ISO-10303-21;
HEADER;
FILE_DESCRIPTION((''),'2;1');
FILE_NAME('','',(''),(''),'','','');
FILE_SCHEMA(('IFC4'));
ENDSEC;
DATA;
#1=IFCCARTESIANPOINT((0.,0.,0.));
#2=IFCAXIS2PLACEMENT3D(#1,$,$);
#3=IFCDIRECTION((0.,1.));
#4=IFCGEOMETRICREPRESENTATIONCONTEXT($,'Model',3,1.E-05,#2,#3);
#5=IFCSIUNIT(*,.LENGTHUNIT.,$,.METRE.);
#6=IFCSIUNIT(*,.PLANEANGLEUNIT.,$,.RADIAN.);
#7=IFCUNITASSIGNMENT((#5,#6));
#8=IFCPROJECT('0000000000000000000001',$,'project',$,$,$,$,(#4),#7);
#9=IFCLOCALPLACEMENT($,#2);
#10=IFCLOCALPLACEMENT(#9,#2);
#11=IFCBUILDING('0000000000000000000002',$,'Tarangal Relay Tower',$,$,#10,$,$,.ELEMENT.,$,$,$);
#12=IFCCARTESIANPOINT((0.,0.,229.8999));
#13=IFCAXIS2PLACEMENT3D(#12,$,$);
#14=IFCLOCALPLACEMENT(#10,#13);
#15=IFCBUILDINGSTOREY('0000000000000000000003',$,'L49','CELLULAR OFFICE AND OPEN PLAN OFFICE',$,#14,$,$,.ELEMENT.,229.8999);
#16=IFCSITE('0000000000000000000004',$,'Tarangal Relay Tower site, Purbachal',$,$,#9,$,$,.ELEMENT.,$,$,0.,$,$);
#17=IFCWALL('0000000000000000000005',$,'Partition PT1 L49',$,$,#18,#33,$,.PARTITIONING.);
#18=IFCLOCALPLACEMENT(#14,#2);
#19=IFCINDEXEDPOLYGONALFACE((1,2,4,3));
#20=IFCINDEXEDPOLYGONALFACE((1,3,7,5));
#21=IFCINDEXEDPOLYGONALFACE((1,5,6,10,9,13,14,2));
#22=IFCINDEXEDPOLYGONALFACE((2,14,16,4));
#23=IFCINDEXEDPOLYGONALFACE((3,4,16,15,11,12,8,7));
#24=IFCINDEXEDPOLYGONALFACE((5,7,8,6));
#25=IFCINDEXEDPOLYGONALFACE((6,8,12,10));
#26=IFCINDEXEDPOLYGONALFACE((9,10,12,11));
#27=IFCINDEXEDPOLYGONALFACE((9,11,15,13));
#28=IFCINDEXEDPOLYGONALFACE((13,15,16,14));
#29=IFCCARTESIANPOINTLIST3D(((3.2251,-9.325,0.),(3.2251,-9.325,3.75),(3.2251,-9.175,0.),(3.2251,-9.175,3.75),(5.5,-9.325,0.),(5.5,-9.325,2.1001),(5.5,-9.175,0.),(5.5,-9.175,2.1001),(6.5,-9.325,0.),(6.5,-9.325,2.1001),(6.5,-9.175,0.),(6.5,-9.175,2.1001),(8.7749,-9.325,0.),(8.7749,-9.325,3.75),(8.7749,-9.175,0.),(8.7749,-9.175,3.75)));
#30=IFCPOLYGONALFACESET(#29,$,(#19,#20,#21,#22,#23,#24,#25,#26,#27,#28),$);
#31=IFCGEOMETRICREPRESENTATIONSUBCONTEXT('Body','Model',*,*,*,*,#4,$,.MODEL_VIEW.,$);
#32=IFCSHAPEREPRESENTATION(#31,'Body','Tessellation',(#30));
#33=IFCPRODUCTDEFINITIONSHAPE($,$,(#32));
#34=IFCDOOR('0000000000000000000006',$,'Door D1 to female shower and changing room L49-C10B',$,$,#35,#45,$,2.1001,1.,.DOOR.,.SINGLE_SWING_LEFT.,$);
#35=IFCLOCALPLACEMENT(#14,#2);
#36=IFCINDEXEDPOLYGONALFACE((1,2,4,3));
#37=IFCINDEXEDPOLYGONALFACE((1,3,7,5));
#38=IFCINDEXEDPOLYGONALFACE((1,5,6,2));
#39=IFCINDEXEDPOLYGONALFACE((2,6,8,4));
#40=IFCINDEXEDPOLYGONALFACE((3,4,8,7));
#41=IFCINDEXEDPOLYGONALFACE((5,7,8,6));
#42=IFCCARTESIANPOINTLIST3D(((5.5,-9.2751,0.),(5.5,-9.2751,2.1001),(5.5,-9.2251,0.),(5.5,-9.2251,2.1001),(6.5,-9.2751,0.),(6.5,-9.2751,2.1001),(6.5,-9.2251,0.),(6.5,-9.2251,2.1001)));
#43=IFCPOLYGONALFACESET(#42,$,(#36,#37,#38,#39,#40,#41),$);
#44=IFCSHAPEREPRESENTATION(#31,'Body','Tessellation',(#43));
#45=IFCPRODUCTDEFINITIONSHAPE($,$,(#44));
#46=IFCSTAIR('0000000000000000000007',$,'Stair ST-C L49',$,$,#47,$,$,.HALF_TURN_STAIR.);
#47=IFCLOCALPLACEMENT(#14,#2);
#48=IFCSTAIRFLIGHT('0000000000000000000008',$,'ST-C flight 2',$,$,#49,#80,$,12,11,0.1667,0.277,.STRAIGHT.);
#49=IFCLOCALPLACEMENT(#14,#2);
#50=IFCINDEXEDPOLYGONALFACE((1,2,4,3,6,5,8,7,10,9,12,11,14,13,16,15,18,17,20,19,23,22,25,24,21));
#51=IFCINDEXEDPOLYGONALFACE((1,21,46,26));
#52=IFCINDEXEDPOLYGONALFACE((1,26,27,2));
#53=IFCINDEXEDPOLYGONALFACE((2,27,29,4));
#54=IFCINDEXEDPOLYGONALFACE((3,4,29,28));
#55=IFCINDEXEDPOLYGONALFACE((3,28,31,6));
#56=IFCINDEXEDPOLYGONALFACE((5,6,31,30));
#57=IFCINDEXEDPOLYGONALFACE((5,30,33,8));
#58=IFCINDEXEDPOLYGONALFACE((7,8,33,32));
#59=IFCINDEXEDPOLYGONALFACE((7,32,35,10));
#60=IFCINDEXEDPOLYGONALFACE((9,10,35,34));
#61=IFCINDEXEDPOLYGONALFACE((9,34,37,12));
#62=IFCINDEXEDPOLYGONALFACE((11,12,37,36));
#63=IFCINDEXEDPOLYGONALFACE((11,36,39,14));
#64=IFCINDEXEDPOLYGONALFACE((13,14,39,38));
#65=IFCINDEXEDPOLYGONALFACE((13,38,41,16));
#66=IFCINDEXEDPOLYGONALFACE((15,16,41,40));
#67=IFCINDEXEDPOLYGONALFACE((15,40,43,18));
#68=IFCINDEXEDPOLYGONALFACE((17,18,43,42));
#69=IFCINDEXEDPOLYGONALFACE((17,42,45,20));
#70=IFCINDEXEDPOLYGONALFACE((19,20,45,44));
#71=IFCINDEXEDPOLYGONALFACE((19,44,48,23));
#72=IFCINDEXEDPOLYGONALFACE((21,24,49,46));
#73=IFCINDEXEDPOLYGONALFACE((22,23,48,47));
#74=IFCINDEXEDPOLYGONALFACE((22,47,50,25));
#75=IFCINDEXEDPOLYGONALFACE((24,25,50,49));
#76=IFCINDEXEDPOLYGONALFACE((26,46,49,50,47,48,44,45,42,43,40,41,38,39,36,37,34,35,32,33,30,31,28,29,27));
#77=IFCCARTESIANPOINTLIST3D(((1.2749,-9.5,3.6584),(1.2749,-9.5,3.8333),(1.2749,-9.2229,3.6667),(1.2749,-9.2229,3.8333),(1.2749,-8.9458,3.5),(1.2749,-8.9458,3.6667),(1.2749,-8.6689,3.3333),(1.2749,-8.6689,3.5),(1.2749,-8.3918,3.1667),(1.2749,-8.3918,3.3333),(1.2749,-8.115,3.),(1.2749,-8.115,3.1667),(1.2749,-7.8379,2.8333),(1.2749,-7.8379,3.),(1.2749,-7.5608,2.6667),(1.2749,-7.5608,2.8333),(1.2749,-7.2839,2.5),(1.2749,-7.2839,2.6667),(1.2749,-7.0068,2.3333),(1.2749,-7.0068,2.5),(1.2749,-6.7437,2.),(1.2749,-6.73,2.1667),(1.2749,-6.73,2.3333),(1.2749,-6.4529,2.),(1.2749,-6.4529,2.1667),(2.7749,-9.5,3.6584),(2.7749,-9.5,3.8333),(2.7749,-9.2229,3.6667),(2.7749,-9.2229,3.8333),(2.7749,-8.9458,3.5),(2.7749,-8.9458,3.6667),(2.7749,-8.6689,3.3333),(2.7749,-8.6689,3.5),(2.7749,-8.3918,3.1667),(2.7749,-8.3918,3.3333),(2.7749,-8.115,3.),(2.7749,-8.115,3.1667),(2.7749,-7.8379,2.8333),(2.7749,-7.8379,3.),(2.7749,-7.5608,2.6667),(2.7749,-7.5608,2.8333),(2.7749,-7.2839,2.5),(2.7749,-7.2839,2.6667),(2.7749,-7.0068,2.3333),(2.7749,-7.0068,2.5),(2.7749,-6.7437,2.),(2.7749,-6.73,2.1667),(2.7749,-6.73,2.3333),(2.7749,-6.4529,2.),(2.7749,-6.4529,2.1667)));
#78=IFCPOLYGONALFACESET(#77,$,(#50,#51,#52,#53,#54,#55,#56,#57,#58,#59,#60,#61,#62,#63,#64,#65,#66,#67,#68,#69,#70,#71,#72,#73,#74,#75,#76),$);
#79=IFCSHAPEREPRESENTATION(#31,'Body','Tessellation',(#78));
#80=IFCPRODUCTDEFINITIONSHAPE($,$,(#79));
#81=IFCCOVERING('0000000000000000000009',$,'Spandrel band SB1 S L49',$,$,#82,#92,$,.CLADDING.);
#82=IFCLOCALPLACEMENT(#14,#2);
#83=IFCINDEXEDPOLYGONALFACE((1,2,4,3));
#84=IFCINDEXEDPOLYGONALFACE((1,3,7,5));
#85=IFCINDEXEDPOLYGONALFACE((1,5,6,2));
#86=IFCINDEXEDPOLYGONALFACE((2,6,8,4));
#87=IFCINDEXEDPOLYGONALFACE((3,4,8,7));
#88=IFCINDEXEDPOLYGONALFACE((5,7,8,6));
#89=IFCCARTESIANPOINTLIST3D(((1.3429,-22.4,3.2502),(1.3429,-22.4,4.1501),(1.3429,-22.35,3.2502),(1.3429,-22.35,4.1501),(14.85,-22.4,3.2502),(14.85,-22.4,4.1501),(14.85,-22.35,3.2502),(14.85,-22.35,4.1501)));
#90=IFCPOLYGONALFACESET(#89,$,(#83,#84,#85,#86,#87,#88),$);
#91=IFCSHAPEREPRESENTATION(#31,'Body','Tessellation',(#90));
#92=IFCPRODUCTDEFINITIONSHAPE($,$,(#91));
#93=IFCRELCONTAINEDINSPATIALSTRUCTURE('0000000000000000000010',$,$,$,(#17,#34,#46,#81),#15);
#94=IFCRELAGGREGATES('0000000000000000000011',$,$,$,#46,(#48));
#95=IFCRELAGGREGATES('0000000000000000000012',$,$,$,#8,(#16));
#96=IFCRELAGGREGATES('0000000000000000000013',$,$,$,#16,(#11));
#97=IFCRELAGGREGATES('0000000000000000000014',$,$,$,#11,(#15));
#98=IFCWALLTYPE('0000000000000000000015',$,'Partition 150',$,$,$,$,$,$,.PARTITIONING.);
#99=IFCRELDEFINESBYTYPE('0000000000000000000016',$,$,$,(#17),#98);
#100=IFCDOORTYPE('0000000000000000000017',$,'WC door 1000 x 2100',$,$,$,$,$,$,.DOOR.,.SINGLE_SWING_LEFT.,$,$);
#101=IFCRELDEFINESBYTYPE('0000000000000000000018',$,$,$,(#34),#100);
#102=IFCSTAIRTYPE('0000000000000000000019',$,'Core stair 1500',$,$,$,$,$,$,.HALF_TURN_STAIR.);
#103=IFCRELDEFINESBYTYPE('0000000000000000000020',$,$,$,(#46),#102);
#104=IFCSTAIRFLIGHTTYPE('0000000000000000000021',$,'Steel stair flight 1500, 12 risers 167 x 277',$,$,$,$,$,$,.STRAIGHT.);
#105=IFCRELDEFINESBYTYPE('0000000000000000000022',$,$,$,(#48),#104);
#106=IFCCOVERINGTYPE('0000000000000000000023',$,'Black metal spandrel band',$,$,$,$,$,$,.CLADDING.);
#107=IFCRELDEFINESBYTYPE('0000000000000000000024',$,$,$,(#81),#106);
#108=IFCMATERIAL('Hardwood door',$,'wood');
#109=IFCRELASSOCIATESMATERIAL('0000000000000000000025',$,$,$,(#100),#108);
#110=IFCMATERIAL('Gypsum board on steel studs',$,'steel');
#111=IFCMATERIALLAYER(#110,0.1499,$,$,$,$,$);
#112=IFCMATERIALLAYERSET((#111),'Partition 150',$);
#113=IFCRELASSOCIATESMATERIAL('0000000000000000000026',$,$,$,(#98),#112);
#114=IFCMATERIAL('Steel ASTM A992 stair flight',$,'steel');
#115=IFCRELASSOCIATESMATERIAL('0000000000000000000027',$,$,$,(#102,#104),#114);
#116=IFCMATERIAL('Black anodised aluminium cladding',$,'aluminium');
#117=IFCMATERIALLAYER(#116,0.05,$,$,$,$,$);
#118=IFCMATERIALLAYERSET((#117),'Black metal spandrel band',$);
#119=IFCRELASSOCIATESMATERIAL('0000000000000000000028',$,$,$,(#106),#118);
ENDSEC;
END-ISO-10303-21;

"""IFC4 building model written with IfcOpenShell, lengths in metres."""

from ifc_helpers import new_model, si_unit, direction, frame, frame_2d, origin, origin_2d, place, context, subcontext, project, spatial, polyline, rectangle, outline, extrude, material, layer, layer_set, type_object, element, fill, aggregate, save


model = new_model("IFC4")

# Units and contexts
model_context = context("Model", 3, precision=1e-05, world=origin(), true_north=direction((0.0, 1.0)))
body_context = subcontext(model_context, "Body", "Model", "MODEL_VIEW")
ifc_project = project(units=[si_unit("LENGTHUNIT", "METRE"), si_unit("PLANEANGLEUNIT", "RADIAN")], contexts=[model_context])

# Site, building, storey
site_placement = place(None, origin())
site = spatial("IfcSite", under=ifc_project, at=site_placement, Name="Tarangal Relay Tower site, Purbachal", CompositionType="ELEMENT", RefElevation=0.0)
building_placement = place(site_placement, origin())
building = spatial("IfcBuilding", under=site, at=building_placement, Name="Tarangal Relay Tower", CompositionType="ELEMENT")
storey_placement = place(building_placement, frame((0.0, 0.0, 229.8999)))
storey = spatial("IfcBuildingStorey", under=building, at=storey_placement, Name="L49", Description="CELLULAR OFFICE AND OPEN PLAN OFFICE", CompositionType="ELEMENT", Elevation=229.8999)

# Shared definitions
ifc_material_1 = material(Name="Hardwood door", Category="wood")
door_type = type_object("IfcDoorType", Name="WC door 1000 x 2100", OperationType="SINGLE_SWING_LEFT", PredefinedType="DOOR", material=ifc_material_1)

# Shared definitions
ifc_material_2 = material(Name="Gypsum board on steel studs", Category="steel")
ifc_layer_1 = layer(ifc_material_2, 0.1499)
ifc_layer_set_1 = layer_set([ifc_layer_1], Name="Partition 150")
wall_type_1 = type_object("IfcWallType", Name="Partition 150", PredefinedType="PARTITIONING", material=ifc_layer_set_1)

# Wall, opening, door
wall_1_placement = place(storey_placement, frame((3.2251, -9.25, 0.0), z_axis=(0.0, 0.0, 1.0), x_axis=(1.0, 0.0, 0.0)))
wall_1 = element("IfcWall", 1, at=wall_1_placement, inside=storey, type_object=wall_type_1, Name="Partition PT1 L49", PredefinedType="PARTITIONING", context=body_context, shape_type="SweptSolid", body=[
    extrude(rectangle(XDim=5.5498, YDim=0.1499, at=frame_2d((2.7749, 0.0))), origin(), (0.0, 0.0, 1.0), 3.75),
])
opening_1_placement = place(wall_1_placement, frame((2.2749, 0.0, 0.0)))
opening_1 = element("IfcOpeningElement", 2, at=opening_1_placement, cuts=wall_1, PredefinedType="OPENING", context=body_context, shape_type="SweptSolid", body=[
    extrude(rectangle(XDim=1.0, YDim=2.1001, at=frame_2d((0.5, 1.05))), frame((0.0, 0.085, 0.0), z_axis=(0.0, -1.0, 0.0), x_axis=(1.0, 0.0, 0.0)), (0.0, 0.0, 1.0), 0.1699),
])
door_1_placement = place(opening_1_placement, origin())
door_1 = element("IfcDoor", 3, at=door_1_placement, inside=storey, type_object=door_type, Name="Door D1 to female shower and changing room L49-C10B", OperationType="SINGLE_SWING_LEFT", OverallHeight=2.1001, OverallWidth=1.0, PredefinedType="DOOR", context=body_context, shape_type="SweptSolid", body=[
    extrude(rectangle(XDim=1.0, YDim=2.1001, at=frame_2d((0.5, 1.05))), frame((0.0, 0.0249, 0.0), z_axis=(0.0, -1.0, 0.0), x_axis=(1.0, 0.0, 0.0)), (0.0, 0.0, 1.0), 0.05),
])
fill(opening_1, door_1)

# Stair, stair flight
ifc_material_3 = material(Name="Steel ASTM A992 stair flight", Category="steel")
stair_type = type_object("IfcStairType", Name="Core stair 1500", PredefinedType="HALF_TURN_STAIR", material=ifc_material_3)
stair_placement = place(storey_placement, origin())
stair = element("IfcStair", 4, at=stair_placement, inside=storey, type_object=stair_type, Name="Stair ST-C L49", PredefinedType="HALF_TURN_STAIR")
stair_flight_type = type_object("IfcStairFlightType", Name="Steel stair flight 1500, 12 risers 167 x 277", PredefinedType="STRAIGHT", material=ifc_material_3)
stair_flight_placement = place(storey_placement, frame((2.0249, -6.4529, 2.0), z_axis=(0.0, 0.0, 1.0), x_axis=(0.0, -1.0, 0.0)))
stair_flight = element("IfcStairFlight", 5, at=stair_flight_placement, type_object=stair_flight_type, Name="ST-C flight 2", NumberOfRisers=12, NumberOfTreads=11, PredefinedType="STRAIGHT", RiserHeight=0.1667, TreadLength=0.277, context=body_context, shape_type="SweptSolid", body=[
    extrude(outline(polyline([(0.0, 0.0), (0.0, 0.1667), (0.2771, 0.1667), (0.2771, 0.3333), (0.554, 0.3333), (0.554, 0.5), (0.8311, 0.5), (0.8311, 0.6667), (1.1079, 0.6667), (1.1079, 0.8333), (1.385, 0.8333), (1.385, 1.0), (1.6621, 1.0), (1.6621, 1.1667), (1.939, 1.1667), (1.939, 1.3333), (2.2161, 1.3333), (2.2161, 1.5), (2.4929, 1.5), (2.4929, 1.6667), (2.77, 1.6667), (2.77, 1.8333), (3.0471, 1.8333), (3.0471, 2.0), (3.0471, 1.6584), (0.2908, 0.0), (0.0, 0.0)])), frame((0.0, 0.75, 0.0), z_axis=(0.0, -1.0, 0.0), x_axis=(1.0, 0.0, 0.0)), (0.0, 0.0, 1.0), 1.5),
])
aggregate(stair, [stair_flight])

# Covering
ifc_material_4 = material(Name="Black anodised aluminium cladding", Category="aluminium")
ifc_layer_2 = layer(ifc_material_4, 0.05)
ifc_layer_set_2 = layer_set([ifc_layer_2], Name="Black metal spandrel band")
covering_type = type_object("IfcCoveringType", Name="Black metal spandrel band", PredefinedType="CLADDING", material=ifc_layer_set_2)
covering_placement = place(storey_placement, frame((8.0964, -22.375, 3.2502), z_axis=(0.0, 0.0, 1.0), x_axis=(-1.0, 0.0, 0.0)))
element("IfcCovering", 6, at=covering_placement, inside=storey, type_object=covering_type, Name="Spandrel band SB1 S L49", PredefinedType="CLADDING", context=body_context, shape_type="SweptSolid", body=[
    extrude(rectangle(XDim=13.5071, YDim=0.05, at=origin_2d()), origin(), (0.0, 0.0, 1.0), 0.8999),
])

save(model, "model.ifc")
